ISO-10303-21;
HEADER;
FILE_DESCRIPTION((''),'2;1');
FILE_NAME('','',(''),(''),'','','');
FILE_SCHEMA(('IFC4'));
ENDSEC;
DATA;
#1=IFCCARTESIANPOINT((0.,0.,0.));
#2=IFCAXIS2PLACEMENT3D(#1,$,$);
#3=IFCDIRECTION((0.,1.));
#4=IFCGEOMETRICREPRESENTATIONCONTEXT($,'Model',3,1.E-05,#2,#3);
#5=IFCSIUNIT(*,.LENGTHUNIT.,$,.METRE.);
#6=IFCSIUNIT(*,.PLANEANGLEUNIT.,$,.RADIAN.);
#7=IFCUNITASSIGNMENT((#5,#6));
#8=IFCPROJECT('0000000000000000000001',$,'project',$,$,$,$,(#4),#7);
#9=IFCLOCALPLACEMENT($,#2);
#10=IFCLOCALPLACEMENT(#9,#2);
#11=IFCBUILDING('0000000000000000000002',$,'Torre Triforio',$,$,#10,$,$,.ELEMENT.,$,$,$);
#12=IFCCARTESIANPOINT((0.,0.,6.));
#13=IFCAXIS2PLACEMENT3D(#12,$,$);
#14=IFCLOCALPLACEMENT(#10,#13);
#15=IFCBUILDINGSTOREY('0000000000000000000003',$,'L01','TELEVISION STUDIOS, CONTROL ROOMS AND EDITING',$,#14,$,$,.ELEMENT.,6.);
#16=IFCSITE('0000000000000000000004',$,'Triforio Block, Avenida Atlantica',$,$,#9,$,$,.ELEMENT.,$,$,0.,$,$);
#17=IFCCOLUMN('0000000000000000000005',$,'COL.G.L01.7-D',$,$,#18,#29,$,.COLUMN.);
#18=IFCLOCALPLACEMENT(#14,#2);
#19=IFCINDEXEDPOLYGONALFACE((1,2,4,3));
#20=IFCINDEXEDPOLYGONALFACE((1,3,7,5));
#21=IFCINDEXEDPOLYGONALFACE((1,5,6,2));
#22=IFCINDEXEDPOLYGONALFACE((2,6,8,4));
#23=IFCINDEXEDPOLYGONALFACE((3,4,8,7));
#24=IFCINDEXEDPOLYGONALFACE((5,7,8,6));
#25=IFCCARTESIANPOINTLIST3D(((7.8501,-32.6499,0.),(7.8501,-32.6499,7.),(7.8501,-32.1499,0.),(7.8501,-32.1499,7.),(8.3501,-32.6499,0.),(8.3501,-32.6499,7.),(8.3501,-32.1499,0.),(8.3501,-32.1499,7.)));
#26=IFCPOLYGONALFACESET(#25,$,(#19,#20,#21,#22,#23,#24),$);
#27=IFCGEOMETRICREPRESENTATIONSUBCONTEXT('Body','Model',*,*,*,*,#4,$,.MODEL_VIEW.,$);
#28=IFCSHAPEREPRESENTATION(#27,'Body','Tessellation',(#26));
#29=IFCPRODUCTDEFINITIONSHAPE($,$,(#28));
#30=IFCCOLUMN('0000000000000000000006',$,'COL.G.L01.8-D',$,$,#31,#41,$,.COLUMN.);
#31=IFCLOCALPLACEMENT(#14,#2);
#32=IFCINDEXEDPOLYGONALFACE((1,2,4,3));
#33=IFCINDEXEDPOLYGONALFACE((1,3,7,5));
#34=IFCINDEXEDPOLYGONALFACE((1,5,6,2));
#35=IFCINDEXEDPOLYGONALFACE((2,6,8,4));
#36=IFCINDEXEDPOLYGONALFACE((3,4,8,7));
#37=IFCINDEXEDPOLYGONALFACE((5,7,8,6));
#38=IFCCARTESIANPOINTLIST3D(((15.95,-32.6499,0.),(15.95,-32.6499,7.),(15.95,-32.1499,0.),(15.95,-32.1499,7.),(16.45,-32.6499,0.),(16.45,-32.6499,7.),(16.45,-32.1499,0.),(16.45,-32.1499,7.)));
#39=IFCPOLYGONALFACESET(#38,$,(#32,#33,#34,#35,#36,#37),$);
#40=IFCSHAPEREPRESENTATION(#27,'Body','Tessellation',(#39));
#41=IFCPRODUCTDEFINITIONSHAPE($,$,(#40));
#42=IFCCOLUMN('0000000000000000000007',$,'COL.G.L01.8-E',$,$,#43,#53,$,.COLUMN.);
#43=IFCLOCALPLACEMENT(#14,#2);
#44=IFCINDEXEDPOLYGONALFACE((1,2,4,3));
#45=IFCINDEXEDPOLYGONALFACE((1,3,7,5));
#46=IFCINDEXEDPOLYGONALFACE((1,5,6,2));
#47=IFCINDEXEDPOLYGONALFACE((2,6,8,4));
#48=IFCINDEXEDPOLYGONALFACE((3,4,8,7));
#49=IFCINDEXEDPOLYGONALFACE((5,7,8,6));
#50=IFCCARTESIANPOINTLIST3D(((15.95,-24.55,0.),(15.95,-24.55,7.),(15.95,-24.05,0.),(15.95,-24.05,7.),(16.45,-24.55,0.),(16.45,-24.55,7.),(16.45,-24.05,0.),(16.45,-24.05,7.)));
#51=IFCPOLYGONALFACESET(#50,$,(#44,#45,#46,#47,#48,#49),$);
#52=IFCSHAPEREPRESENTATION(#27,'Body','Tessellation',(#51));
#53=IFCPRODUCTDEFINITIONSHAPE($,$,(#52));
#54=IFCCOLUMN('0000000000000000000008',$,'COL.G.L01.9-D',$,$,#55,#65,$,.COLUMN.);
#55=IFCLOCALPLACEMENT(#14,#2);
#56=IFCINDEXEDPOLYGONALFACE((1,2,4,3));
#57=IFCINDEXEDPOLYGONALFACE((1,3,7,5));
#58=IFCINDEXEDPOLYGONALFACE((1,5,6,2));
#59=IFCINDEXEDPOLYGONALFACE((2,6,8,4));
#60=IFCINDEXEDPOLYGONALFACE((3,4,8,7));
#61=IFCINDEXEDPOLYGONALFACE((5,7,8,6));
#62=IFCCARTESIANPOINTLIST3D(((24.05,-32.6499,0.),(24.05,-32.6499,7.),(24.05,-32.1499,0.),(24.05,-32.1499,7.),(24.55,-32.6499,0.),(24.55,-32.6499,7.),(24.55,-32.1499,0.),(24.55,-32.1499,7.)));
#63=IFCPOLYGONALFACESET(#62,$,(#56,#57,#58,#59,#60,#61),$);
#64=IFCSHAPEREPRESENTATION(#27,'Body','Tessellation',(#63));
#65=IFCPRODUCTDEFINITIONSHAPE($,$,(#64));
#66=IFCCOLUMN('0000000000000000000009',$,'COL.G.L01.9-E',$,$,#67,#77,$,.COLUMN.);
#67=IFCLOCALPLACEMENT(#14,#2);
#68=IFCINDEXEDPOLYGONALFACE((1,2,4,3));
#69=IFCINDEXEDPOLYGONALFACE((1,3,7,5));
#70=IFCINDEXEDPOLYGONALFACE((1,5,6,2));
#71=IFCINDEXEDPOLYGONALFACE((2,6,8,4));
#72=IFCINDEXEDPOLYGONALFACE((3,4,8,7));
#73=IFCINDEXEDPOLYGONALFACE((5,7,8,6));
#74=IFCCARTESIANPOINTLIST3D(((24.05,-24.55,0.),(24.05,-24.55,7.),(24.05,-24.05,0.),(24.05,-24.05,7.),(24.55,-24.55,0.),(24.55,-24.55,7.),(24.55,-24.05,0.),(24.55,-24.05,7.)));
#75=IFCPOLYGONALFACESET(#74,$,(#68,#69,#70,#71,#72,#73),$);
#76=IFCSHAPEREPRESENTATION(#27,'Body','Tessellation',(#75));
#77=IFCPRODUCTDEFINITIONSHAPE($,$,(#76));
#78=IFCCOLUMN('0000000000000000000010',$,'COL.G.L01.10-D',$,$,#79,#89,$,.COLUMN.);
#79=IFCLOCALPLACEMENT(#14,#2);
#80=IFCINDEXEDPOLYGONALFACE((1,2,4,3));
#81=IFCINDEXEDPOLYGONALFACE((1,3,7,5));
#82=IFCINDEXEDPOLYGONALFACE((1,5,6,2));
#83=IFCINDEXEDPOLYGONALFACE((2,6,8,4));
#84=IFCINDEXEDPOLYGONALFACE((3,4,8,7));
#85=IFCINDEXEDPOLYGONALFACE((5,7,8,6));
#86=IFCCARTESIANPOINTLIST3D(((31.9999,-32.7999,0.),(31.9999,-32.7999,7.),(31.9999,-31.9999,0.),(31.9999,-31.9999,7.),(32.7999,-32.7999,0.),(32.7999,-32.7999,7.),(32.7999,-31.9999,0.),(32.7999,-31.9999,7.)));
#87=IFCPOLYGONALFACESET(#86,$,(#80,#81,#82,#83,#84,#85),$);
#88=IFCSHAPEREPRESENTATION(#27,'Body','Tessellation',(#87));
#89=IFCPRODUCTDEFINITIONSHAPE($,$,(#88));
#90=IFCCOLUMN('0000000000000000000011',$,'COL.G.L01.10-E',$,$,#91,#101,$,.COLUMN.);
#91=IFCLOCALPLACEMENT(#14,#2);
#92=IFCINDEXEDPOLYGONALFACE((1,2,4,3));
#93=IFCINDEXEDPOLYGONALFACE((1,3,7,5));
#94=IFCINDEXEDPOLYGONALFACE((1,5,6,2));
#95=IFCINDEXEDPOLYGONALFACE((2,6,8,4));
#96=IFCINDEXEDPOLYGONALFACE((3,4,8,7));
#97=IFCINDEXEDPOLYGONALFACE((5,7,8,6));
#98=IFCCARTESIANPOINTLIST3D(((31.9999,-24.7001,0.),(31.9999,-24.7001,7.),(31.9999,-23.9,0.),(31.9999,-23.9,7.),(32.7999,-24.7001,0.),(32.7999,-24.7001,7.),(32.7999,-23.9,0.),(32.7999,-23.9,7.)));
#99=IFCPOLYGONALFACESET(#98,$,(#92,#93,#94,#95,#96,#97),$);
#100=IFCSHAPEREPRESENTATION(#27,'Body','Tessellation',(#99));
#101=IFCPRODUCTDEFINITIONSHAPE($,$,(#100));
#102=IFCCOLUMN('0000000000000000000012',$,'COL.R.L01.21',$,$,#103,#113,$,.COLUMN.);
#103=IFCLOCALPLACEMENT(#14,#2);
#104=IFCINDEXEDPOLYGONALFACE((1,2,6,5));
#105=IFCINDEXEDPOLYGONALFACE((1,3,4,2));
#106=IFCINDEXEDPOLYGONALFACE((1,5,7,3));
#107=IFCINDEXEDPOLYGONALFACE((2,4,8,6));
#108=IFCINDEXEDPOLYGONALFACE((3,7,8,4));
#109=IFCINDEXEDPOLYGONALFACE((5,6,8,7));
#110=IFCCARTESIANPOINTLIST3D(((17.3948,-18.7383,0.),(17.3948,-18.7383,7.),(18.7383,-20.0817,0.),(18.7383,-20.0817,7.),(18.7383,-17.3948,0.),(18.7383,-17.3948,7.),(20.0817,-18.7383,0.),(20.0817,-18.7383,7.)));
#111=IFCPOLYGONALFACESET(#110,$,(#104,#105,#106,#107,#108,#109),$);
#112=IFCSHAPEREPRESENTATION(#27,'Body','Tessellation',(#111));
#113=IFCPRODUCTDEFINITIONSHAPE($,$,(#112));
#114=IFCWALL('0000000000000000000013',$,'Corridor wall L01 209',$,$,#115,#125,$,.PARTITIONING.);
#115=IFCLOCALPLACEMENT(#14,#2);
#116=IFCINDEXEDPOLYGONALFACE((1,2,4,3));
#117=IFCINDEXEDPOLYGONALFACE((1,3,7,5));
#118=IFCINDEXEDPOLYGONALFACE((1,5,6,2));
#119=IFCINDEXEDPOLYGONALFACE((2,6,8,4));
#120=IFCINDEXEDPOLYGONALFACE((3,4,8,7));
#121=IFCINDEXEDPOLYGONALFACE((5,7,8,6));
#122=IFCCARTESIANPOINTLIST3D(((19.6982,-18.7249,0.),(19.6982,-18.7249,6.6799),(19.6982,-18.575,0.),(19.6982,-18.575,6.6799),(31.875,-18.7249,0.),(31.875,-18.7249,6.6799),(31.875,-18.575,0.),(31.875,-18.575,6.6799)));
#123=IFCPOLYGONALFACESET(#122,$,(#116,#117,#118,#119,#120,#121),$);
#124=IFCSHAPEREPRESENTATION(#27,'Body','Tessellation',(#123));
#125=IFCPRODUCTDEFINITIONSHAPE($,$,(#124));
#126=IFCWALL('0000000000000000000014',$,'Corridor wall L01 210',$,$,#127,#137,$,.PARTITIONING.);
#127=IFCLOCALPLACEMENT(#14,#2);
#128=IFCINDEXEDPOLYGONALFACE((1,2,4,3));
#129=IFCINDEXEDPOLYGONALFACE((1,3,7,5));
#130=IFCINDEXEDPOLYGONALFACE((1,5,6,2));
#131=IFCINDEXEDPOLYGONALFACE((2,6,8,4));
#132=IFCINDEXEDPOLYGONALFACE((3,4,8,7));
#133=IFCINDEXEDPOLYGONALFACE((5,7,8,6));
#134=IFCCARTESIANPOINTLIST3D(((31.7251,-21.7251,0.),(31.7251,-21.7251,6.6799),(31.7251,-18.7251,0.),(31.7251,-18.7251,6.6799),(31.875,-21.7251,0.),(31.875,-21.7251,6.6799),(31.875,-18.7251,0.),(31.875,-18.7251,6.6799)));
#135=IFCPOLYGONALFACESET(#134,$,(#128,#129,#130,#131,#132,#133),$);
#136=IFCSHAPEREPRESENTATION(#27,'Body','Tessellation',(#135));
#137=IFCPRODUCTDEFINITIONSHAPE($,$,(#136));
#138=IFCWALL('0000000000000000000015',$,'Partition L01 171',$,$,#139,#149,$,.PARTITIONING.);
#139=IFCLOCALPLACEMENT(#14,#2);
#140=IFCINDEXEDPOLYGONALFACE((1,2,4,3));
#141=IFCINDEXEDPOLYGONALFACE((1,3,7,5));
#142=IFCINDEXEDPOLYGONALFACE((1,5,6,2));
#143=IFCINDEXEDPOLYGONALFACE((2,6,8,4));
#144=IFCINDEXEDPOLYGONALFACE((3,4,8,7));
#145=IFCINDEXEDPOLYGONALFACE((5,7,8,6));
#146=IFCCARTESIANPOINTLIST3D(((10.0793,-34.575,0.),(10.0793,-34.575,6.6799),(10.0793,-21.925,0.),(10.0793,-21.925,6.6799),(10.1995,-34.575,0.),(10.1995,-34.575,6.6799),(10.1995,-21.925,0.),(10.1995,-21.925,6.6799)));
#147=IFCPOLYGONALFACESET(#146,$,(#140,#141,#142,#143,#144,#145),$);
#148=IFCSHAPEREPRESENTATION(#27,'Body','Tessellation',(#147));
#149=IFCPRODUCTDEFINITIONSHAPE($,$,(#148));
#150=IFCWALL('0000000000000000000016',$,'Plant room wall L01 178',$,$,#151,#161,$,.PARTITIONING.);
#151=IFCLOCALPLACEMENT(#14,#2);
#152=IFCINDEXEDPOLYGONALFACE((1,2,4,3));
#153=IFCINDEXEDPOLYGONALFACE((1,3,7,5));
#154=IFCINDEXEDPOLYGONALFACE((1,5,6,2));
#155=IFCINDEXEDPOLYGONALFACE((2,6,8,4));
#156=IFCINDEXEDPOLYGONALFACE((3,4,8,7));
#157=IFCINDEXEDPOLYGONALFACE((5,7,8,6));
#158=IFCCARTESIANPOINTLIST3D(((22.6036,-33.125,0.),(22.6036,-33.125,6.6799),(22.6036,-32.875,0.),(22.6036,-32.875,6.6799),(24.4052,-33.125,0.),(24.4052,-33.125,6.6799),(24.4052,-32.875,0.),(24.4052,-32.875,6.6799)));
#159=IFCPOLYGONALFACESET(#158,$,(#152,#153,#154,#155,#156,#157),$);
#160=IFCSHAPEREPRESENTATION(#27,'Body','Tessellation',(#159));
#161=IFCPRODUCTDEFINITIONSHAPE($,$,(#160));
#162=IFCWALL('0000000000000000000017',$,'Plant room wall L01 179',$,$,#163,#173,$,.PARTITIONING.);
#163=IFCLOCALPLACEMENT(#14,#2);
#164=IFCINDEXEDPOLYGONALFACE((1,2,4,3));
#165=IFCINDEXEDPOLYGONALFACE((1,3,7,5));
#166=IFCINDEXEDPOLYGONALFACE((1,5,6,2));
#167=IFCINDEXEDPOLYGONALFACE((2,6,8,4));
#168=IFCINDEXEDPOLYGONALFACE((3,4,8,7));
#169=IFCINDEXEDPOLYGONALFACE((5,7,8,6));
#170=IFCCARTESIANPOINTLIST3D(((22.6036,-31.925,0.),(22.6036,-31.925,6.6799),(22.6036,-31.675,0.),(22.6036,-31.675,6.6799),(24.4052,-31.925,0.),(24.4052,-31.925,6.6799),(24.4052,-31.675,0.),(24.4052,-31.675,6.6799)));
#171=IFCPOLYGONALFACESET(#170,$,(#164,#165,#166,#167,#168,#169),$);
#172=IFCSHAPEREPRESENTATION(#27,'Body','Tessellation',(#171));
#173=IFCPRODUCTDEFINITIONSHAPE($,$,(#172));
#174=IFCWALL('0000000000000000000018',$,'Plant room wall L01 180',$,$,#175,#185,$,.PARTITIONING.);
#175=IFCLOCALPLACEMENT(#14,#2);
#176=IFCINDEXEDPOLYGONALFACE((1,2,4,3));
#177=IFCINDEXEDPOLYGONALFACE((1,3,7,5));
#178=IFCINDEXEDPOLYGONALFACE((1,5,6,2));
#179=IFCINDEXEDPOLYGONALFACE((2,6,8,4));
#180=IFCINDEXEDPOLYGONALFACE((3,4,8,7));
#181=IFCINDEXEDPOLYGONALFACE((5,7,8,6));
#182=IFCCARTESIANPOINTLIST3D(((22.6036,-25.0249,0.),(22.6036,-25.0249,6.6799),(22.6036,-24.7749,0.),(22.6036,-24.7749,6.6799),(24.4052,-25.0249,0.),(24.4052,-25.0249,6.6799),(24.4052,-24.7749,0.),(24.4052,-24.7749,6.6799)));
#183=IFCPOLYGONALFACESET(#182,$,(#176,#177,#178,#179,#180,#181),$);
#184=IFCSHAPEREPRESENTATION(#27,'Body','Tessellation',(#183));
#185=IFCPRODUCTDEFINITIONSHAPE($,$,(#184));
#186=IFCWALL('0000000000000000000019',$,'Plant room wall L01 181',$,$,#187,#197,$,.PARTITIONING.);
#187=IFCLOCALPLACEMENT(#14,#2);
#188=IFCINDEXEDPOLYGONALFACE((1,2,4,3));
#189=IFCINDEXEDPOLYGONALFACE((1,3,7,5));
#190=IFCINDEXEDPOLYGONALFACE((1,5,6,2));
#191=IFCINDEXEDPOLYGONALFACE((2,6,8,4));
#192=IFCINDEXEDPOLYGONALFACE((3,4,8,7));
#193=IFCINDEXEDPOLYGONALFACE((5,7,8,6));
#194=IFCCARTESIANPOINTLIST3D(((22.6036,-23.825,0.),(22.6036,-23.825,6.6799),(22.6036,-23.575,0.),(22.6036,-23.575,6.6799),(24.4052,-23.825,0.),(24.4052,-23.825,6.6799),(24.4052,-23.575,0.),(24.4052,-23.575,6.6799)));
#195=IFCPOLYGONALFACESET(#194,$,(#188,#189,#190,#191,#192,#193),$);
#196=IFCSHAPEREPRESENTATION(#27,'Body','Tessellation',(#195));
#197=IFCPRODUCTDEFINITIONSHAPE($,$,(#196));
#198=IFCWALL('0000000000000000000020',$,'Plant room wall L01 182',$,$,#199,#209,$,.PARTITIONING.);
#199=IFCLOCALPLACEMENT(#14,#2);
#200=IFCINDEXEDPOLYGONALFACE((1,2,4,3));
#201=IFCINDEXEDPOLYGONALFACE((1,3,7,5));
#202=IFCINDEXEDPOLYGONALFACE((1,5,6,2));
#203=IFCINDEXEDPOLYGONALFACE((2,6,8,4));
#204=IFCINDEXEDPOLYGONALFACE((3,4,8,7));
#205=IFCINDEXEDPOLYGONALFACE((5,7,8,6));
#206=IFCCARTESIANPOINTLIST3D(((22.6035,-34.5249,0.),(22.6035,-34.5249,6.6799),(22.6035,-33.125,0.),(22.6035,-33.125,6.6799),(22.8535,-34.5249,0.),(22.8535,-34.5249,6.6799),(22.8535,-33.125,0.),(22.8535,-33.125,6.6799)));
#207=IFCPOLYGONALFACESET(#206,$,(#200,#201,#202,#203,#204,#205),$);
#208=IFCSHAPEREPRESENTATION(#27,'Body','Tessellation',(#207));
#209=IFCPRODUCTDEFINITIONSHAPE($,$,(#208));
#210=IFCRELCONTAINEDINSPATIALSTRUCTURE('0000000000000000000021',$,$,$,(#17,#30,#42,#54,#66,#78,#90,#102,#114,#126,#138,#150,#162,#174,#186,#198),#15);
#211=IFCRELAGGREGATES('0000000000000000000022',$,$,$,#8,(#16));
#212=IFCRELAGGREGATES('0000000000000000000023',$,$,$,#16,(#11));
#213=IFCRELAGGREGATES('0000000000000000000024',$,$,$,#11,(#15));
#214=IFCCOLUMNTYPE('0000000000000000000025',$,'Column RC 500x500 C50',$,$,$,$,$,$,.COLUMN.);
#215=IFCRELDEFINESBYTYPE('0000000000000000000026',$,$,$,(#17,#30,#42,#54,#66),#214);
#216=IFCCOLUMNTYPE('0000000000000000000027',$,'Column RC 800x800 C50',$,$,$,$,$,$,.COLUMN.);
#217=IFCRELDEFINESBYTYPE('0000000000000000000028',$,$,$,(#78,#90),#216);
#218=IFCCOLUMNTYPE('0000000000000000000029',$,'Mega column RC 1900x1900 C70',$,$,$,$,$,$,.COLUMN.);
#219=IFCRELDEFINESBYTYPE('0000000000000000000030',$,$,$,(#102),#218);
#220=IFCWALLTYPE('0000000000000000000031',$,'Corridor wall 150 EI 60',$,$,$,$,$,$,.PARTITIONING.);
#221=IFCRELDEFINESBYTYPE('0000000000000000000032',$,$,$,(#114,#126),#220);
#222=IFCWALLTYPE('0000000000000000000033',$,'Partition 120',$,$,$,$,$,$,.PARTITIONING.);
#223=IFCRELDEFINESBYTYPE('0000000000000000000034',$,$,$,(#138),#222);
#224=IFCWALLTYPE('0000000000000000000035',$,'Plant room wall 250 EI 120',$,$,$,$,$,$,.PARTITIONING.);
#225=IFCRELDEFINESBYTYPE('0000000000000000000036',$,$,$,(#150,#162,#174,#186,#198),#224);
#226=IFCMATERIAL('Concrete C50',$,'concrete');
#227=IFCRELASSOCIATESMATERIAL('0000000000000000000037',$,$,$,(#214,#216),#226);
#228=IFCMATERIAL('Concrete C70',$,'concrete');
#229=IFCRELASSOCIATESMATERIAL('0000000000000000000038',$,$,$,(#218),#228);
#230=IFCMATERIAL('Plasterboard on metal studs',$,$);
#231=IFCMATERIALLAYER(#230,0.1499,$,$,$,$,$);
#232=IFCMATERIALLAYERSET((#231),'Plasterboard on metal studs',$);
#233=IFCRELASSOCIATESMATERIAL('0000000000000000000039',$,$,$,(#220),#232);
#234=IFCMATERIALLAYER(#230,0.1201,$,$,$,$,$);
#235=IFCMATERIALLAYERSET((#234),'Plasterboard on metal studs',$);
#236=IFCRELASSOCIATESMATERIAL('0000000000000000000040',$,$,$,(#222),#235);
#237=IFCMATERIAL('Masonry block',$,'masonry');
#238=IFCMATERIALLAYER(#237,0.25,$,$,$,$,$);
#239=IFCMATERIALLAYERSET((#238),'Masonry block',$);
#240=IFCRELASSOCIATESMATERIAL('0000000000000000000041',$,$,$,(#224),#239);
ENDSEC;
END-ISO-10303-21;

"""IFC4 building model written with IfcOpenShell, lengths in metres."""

from ifc_helpers import new_model, si_unit, direction, frame, frame_2d, origin, origin_2d, place, context, subcontext, project, spatial, rectangle, extrude, material, layer, layer_set, material_profile, profile_set, type_object, element, save


model = new_model("IFC4")

# Units and contexts
model_context = context("Model", 3, precision=1e-05, world=origin(), true_north=direction((0.0, 1.0)))
body_context = subcontext(model_context, "Body", "Model", "MODEL_VIEW")
ifc_project = project(units=[si_unit("LENGTHUNIT", "METRE"), si_unit("PLANEANGLEUNIT", "RADIAN")], contexts=[model_context])

# Site, building, storey
site_placement = place(None, origin())
site = spatial("IfcSite", under=ifc_project, at=site_placement, Name="Triforio Block, Avenida Atlantica", CompositionType="ELEMENT", RefElevation=0.0)
building_placement = place(site_placement, origin())
building = spatial("IfcBuilding", under=site, at=building_placement, Name="Torre Triforio", CompositionType="ELEMENT")
storey_placement = place(building_placement, frame((0.0, 0.0, 6.0)))
storey = spatial("IfcBuildingStorey", under=building, at=storey_placement, Name="L01", Description="TELEVISION STUDIOS, CONTROL ROOMS AND EDITING", CompositionType="ELEMENT", Elevation=6.0)

# Columns
ifc_material_1 = material(Name="Concrete C50", Category="concrete")
ifc_material_profile_1 = material_profile(ifc_material_1, rectangle(XDim=0.5, YDim=0.5, at=origin_2d()), Name="RC 500x500")
ifc_profile_set_1 = profile_set([ifc_material_profile_1], Name="Concrete C50")
column_type_1 = type_object("IfcColumnType", Name="Column RC 500x500 C50", PredefinedType="COLUMN", material=ifc_profile_set_1)
for number, where, z_axis, x_axis, name in (
    (1, (8.1001, -32.3999, 0.0), (0.0, 0.0, 1.0), (1.0, 0.0, 0.0), "COL.G.L01.7-D"),
    (2, (16.2, -32.3999, 0.0), (0.0, 0.0, 1.0), (1.0, 0.0, 0.0), "COL.G.L01.8-D"),
    (3, (16.2, -24.3, 0.0), (0.0, 0.0, 1.0), (1.0, 0.0, 0.0), "COL.G.L01.8-E"),
    (4, (24.3, -32.3999, 0.0), (0.0, 0.0, 1.0), (1.0, 0.0, 0.0), "COL.G.L01.9-D"),
    (5, (24.3, -24.3, 0.0), (0.0, 0.0, 1.0), (1.0, 0.0, 0.0), "COL.G.L01.9-E"),
):
    element("IfcColumn", number, at=place(storey_placement, frame(where, z_axis=z_axis, x_axis=x_axis)), inside=storey, type_object=column_type_1, Name=name, PredefinedType="COLUMN", context=body_context, shape_type="SweptSolid", body=[
        extrude(rectangle(XDim=0.5, YDim=0.5, at=origin_2d()), origin(), (0.0, 0.0, 1.0), 7.0),
    ])
ifc_material_profile_2 = material_profile(ifc_material_1, rectangle(XDim=0.8, YDim=0.8, at=origin_2d()), Name="RC 800x800")
ifc_profile_set_2 = profile_set([ifc_material_profile_2], Name="Concrete C50")
column_type_2 = type_object("IfcColumnType", Name="Column RC 800x800 C50", PredefinedType="COLUMN", material=ifc_profile_set_2)
for number, where, z_axis, x_axis, name in (
    (6, (32.3999, -32.3999, 0.0), (0.0, 0.0, 1.0), (1.0, 0.0, 0.0), "COL.G.L01.10-D"),
    (7, (32.3999, -24.3, 0.0), (0.0, 0.0, 1.0), (1.0, 0.0, 0.0), "COL.G.L01.10-E"),
):
    element("IfcColumn", number, at=place(storey_placement, frame(where, z_axis=z_axis, x_axis=x_axis)), inside=storey, type_object=column_type_2, Name=name, PredefinedType="COLUMN", context=body_context, shape_type="SweptSolid", body=[
        extrude(rectangle(XDim=0.8, YDim=0.8, at=origin_2d()), origin(), (0.0, 0.0, 1.0), 7.0),
    ])
ifc_material_2 = material(Name="Concrete C70", Category="concrete")
ifc_material_profile_3 = material_profile(ifc_material_2, rectangle(XDim=1.8999, YDim=1.8999, at=origin_2d()), Name="RC 1900x1900")
ifc_profile_set_3 = profile_set([ifc_material_profile_3], Name="Concrete C70")
column_type_3 = type_object("IfcColumnType", Name="Mega column RC 1900x1900 C70", PredefinedType="COLUMN", material=ifc_profile_set_3)
column_placement = place(storey_placement, frame((18.7383, -18.7383, 0.0), z_axis=(0.0, 0.0, 1.0), x_axis=(0.707107, 0.707107, 0.0)))
element("IfcColumn", 8, at=column_placement, inside=storey, type_object=column_type_3, Name="COL.R.L01.21", PredefinedType="COLUMN", context=body_context, shape_type="SweptSolid", body=[
    extrude(rectangle(XDim=1.8999, YDim=1.8999, at=origin_2d()), origin(), (0.0, 0.0, 1.0), 7.0),
])

# Walls
ifc_material_3 = material(Name="Plasterboard on metal studs")
ifc_layer_1 = layer(ifc_material_3, 0.1499)
ifc_layer_set_1 = layer_set([ifc_layer_1], Name="Plasterboard on metal studs")
wall_type_1 = type_object("IfcWallType", Name="Corridor wall 150 EI 60", PredefinedType="PARTITIONING", material=ifc_layer_set_1)
wall_1_placement = place(storey_placement, frame((19.6982, -18.6499, 0.0), z_axis=(0.0, 0.0, 1.0), x_axis=(1.0, 0.0, 0.0)))
element("IfcWall", 9, at=wall_1_placement, inside=storey, type_object=wall_type_1, Name="Corridor wall L01 209", PredefinedType="PARTITIONING", context=body_context, shape_type="SweptSolid", body=[
    extrude(rectangle(XDim=12.1768, YDim=0.1499, at=frame_2d((6.0884, 0.0))), origin(), (0.0, 0.0, 1.0), 6.6799),
])
wall_2_placement = place(storey_placement, frame((31.8, -21.7251, 0.0), z_axis=(0.0, 0.0, 1.0), x_axis=(0.0, 1.0, 0.0)))
element("IfcWall", 10, at=wall_2_placement, inside=storey, type_object=wall_type_1, Name="Corridor wall L01 210", PredefinedType="PARTITIONING", context=body_context, shape_type="SweptSolid", body=[
    extrude(rectangle(XDim=3.0, YDim=0.1499, at=frame_2d((1.5, 0.0))), origin(), (0.0, 0.0, 1.0), 6.6799),
])
ifc_layer_2 = layer(ifc_material_3, 0.1201)
ifc_layer_set_2 = layer_set([ifc_layer_2], Name="Plasterboard on metal studs")
wall_type_2 = type_object("IfcWallType", Name="Partition 120", PredefinedType="PARTITIONING", material=ifc_layer_set_2)
wall_3_placement = place(storey_placement, frame((10.1394, -34.575, 0.0), z_axis=(0.0, 0.0, 1.0), x_axis=(0.0, 1.0, 0.0)))
element("IfcWall", 11, at=wall_3_placement, inside=storey, type_object=wall_type_2, Name="Partition L01 171", PredefinedType="PARTITIONING", context=body_context, shape_type="SweptSolid", body=[
    extrude(rectangle(XDim=12.6499, YDim=0.1201, at=frame_2d((6.325, 0.0))), origin(), (0.0, 0.0, 1.0), 6.6799),
])
ifc_material_4 = material(Name="Masonry block", Category="masonry")
ifc_layer_3 = layer(ifc_material_4, 0.25)
ifc_layer_set_3 = layer_set([ifc_layer_3], Name="Masonry block")
wall_type_3 = type_object("IfcWallType", Name="Plant room wall 250 EI 120", PredefinedType="PARTITIONING", material=ifc_layer_set_3)
for number, where, z_axis, x_axis, name in (
    (12, (22.6035, -33.0, 0.0), (0.0, 0.0, 1.0), (1.0, 0.0, 0.0), "Plant room wall L01 178"),
    (13, (22.6035, -31.8, 0.0), (0.0, 0.0, 1.0), (1.0, 0.0, 0.0), "Plant room wall L01 179"),
    (14, (22.6035, -24.8999, 0.0), (0.0, 0.0, 1.0), (1.0, 0.0, 0.0), "Plant room wall L01 180"),
    (15, (22.6035, -23.7, 0.0), (0.0, 0.0, 1.0), (1.0, 0.0, 0.0), "Plant room wall L01 181"),
):
    element("IfcWall", number, at=place(storey_placement, frame(where, z_axis=z_axis, x_axis=x_axis)), inside=storey, type_object=wall_type_3, Name=name, PredefinedType="PARTITIONING", context=body_context, shape_type="SweptSolid", body=[
        extrude(rectangle(XDim=1.8015, YDim=0.25, at=frame_2d((0.9009, 0.0))), origin(), (0.0, 0.0, 1.0), 6.6799),
    ])
wall_4_placement = place(storey_placement, frame((22.7285, -34.5249, 0.0), z_axis=(0.0, 0.0, 1.0), x_axis=(0.0, 1.0, 0.0)))
element("IfcWall", 16, at=wall_4_placement, inside=storey, type_object=wall_type_3, Name="Plant room wall L01 182", PredefinedType="PARTITIONING", context=body_context, shape_type="SweptSolid", body=[
    extrude(rectangle(XDim=1.3999, YDim=0.25, at=frame_2d((0.7, 0.0))), origin(), (0.0, 0.0, 1.0), 6.6799),
])

save(model, "model.ifc")
